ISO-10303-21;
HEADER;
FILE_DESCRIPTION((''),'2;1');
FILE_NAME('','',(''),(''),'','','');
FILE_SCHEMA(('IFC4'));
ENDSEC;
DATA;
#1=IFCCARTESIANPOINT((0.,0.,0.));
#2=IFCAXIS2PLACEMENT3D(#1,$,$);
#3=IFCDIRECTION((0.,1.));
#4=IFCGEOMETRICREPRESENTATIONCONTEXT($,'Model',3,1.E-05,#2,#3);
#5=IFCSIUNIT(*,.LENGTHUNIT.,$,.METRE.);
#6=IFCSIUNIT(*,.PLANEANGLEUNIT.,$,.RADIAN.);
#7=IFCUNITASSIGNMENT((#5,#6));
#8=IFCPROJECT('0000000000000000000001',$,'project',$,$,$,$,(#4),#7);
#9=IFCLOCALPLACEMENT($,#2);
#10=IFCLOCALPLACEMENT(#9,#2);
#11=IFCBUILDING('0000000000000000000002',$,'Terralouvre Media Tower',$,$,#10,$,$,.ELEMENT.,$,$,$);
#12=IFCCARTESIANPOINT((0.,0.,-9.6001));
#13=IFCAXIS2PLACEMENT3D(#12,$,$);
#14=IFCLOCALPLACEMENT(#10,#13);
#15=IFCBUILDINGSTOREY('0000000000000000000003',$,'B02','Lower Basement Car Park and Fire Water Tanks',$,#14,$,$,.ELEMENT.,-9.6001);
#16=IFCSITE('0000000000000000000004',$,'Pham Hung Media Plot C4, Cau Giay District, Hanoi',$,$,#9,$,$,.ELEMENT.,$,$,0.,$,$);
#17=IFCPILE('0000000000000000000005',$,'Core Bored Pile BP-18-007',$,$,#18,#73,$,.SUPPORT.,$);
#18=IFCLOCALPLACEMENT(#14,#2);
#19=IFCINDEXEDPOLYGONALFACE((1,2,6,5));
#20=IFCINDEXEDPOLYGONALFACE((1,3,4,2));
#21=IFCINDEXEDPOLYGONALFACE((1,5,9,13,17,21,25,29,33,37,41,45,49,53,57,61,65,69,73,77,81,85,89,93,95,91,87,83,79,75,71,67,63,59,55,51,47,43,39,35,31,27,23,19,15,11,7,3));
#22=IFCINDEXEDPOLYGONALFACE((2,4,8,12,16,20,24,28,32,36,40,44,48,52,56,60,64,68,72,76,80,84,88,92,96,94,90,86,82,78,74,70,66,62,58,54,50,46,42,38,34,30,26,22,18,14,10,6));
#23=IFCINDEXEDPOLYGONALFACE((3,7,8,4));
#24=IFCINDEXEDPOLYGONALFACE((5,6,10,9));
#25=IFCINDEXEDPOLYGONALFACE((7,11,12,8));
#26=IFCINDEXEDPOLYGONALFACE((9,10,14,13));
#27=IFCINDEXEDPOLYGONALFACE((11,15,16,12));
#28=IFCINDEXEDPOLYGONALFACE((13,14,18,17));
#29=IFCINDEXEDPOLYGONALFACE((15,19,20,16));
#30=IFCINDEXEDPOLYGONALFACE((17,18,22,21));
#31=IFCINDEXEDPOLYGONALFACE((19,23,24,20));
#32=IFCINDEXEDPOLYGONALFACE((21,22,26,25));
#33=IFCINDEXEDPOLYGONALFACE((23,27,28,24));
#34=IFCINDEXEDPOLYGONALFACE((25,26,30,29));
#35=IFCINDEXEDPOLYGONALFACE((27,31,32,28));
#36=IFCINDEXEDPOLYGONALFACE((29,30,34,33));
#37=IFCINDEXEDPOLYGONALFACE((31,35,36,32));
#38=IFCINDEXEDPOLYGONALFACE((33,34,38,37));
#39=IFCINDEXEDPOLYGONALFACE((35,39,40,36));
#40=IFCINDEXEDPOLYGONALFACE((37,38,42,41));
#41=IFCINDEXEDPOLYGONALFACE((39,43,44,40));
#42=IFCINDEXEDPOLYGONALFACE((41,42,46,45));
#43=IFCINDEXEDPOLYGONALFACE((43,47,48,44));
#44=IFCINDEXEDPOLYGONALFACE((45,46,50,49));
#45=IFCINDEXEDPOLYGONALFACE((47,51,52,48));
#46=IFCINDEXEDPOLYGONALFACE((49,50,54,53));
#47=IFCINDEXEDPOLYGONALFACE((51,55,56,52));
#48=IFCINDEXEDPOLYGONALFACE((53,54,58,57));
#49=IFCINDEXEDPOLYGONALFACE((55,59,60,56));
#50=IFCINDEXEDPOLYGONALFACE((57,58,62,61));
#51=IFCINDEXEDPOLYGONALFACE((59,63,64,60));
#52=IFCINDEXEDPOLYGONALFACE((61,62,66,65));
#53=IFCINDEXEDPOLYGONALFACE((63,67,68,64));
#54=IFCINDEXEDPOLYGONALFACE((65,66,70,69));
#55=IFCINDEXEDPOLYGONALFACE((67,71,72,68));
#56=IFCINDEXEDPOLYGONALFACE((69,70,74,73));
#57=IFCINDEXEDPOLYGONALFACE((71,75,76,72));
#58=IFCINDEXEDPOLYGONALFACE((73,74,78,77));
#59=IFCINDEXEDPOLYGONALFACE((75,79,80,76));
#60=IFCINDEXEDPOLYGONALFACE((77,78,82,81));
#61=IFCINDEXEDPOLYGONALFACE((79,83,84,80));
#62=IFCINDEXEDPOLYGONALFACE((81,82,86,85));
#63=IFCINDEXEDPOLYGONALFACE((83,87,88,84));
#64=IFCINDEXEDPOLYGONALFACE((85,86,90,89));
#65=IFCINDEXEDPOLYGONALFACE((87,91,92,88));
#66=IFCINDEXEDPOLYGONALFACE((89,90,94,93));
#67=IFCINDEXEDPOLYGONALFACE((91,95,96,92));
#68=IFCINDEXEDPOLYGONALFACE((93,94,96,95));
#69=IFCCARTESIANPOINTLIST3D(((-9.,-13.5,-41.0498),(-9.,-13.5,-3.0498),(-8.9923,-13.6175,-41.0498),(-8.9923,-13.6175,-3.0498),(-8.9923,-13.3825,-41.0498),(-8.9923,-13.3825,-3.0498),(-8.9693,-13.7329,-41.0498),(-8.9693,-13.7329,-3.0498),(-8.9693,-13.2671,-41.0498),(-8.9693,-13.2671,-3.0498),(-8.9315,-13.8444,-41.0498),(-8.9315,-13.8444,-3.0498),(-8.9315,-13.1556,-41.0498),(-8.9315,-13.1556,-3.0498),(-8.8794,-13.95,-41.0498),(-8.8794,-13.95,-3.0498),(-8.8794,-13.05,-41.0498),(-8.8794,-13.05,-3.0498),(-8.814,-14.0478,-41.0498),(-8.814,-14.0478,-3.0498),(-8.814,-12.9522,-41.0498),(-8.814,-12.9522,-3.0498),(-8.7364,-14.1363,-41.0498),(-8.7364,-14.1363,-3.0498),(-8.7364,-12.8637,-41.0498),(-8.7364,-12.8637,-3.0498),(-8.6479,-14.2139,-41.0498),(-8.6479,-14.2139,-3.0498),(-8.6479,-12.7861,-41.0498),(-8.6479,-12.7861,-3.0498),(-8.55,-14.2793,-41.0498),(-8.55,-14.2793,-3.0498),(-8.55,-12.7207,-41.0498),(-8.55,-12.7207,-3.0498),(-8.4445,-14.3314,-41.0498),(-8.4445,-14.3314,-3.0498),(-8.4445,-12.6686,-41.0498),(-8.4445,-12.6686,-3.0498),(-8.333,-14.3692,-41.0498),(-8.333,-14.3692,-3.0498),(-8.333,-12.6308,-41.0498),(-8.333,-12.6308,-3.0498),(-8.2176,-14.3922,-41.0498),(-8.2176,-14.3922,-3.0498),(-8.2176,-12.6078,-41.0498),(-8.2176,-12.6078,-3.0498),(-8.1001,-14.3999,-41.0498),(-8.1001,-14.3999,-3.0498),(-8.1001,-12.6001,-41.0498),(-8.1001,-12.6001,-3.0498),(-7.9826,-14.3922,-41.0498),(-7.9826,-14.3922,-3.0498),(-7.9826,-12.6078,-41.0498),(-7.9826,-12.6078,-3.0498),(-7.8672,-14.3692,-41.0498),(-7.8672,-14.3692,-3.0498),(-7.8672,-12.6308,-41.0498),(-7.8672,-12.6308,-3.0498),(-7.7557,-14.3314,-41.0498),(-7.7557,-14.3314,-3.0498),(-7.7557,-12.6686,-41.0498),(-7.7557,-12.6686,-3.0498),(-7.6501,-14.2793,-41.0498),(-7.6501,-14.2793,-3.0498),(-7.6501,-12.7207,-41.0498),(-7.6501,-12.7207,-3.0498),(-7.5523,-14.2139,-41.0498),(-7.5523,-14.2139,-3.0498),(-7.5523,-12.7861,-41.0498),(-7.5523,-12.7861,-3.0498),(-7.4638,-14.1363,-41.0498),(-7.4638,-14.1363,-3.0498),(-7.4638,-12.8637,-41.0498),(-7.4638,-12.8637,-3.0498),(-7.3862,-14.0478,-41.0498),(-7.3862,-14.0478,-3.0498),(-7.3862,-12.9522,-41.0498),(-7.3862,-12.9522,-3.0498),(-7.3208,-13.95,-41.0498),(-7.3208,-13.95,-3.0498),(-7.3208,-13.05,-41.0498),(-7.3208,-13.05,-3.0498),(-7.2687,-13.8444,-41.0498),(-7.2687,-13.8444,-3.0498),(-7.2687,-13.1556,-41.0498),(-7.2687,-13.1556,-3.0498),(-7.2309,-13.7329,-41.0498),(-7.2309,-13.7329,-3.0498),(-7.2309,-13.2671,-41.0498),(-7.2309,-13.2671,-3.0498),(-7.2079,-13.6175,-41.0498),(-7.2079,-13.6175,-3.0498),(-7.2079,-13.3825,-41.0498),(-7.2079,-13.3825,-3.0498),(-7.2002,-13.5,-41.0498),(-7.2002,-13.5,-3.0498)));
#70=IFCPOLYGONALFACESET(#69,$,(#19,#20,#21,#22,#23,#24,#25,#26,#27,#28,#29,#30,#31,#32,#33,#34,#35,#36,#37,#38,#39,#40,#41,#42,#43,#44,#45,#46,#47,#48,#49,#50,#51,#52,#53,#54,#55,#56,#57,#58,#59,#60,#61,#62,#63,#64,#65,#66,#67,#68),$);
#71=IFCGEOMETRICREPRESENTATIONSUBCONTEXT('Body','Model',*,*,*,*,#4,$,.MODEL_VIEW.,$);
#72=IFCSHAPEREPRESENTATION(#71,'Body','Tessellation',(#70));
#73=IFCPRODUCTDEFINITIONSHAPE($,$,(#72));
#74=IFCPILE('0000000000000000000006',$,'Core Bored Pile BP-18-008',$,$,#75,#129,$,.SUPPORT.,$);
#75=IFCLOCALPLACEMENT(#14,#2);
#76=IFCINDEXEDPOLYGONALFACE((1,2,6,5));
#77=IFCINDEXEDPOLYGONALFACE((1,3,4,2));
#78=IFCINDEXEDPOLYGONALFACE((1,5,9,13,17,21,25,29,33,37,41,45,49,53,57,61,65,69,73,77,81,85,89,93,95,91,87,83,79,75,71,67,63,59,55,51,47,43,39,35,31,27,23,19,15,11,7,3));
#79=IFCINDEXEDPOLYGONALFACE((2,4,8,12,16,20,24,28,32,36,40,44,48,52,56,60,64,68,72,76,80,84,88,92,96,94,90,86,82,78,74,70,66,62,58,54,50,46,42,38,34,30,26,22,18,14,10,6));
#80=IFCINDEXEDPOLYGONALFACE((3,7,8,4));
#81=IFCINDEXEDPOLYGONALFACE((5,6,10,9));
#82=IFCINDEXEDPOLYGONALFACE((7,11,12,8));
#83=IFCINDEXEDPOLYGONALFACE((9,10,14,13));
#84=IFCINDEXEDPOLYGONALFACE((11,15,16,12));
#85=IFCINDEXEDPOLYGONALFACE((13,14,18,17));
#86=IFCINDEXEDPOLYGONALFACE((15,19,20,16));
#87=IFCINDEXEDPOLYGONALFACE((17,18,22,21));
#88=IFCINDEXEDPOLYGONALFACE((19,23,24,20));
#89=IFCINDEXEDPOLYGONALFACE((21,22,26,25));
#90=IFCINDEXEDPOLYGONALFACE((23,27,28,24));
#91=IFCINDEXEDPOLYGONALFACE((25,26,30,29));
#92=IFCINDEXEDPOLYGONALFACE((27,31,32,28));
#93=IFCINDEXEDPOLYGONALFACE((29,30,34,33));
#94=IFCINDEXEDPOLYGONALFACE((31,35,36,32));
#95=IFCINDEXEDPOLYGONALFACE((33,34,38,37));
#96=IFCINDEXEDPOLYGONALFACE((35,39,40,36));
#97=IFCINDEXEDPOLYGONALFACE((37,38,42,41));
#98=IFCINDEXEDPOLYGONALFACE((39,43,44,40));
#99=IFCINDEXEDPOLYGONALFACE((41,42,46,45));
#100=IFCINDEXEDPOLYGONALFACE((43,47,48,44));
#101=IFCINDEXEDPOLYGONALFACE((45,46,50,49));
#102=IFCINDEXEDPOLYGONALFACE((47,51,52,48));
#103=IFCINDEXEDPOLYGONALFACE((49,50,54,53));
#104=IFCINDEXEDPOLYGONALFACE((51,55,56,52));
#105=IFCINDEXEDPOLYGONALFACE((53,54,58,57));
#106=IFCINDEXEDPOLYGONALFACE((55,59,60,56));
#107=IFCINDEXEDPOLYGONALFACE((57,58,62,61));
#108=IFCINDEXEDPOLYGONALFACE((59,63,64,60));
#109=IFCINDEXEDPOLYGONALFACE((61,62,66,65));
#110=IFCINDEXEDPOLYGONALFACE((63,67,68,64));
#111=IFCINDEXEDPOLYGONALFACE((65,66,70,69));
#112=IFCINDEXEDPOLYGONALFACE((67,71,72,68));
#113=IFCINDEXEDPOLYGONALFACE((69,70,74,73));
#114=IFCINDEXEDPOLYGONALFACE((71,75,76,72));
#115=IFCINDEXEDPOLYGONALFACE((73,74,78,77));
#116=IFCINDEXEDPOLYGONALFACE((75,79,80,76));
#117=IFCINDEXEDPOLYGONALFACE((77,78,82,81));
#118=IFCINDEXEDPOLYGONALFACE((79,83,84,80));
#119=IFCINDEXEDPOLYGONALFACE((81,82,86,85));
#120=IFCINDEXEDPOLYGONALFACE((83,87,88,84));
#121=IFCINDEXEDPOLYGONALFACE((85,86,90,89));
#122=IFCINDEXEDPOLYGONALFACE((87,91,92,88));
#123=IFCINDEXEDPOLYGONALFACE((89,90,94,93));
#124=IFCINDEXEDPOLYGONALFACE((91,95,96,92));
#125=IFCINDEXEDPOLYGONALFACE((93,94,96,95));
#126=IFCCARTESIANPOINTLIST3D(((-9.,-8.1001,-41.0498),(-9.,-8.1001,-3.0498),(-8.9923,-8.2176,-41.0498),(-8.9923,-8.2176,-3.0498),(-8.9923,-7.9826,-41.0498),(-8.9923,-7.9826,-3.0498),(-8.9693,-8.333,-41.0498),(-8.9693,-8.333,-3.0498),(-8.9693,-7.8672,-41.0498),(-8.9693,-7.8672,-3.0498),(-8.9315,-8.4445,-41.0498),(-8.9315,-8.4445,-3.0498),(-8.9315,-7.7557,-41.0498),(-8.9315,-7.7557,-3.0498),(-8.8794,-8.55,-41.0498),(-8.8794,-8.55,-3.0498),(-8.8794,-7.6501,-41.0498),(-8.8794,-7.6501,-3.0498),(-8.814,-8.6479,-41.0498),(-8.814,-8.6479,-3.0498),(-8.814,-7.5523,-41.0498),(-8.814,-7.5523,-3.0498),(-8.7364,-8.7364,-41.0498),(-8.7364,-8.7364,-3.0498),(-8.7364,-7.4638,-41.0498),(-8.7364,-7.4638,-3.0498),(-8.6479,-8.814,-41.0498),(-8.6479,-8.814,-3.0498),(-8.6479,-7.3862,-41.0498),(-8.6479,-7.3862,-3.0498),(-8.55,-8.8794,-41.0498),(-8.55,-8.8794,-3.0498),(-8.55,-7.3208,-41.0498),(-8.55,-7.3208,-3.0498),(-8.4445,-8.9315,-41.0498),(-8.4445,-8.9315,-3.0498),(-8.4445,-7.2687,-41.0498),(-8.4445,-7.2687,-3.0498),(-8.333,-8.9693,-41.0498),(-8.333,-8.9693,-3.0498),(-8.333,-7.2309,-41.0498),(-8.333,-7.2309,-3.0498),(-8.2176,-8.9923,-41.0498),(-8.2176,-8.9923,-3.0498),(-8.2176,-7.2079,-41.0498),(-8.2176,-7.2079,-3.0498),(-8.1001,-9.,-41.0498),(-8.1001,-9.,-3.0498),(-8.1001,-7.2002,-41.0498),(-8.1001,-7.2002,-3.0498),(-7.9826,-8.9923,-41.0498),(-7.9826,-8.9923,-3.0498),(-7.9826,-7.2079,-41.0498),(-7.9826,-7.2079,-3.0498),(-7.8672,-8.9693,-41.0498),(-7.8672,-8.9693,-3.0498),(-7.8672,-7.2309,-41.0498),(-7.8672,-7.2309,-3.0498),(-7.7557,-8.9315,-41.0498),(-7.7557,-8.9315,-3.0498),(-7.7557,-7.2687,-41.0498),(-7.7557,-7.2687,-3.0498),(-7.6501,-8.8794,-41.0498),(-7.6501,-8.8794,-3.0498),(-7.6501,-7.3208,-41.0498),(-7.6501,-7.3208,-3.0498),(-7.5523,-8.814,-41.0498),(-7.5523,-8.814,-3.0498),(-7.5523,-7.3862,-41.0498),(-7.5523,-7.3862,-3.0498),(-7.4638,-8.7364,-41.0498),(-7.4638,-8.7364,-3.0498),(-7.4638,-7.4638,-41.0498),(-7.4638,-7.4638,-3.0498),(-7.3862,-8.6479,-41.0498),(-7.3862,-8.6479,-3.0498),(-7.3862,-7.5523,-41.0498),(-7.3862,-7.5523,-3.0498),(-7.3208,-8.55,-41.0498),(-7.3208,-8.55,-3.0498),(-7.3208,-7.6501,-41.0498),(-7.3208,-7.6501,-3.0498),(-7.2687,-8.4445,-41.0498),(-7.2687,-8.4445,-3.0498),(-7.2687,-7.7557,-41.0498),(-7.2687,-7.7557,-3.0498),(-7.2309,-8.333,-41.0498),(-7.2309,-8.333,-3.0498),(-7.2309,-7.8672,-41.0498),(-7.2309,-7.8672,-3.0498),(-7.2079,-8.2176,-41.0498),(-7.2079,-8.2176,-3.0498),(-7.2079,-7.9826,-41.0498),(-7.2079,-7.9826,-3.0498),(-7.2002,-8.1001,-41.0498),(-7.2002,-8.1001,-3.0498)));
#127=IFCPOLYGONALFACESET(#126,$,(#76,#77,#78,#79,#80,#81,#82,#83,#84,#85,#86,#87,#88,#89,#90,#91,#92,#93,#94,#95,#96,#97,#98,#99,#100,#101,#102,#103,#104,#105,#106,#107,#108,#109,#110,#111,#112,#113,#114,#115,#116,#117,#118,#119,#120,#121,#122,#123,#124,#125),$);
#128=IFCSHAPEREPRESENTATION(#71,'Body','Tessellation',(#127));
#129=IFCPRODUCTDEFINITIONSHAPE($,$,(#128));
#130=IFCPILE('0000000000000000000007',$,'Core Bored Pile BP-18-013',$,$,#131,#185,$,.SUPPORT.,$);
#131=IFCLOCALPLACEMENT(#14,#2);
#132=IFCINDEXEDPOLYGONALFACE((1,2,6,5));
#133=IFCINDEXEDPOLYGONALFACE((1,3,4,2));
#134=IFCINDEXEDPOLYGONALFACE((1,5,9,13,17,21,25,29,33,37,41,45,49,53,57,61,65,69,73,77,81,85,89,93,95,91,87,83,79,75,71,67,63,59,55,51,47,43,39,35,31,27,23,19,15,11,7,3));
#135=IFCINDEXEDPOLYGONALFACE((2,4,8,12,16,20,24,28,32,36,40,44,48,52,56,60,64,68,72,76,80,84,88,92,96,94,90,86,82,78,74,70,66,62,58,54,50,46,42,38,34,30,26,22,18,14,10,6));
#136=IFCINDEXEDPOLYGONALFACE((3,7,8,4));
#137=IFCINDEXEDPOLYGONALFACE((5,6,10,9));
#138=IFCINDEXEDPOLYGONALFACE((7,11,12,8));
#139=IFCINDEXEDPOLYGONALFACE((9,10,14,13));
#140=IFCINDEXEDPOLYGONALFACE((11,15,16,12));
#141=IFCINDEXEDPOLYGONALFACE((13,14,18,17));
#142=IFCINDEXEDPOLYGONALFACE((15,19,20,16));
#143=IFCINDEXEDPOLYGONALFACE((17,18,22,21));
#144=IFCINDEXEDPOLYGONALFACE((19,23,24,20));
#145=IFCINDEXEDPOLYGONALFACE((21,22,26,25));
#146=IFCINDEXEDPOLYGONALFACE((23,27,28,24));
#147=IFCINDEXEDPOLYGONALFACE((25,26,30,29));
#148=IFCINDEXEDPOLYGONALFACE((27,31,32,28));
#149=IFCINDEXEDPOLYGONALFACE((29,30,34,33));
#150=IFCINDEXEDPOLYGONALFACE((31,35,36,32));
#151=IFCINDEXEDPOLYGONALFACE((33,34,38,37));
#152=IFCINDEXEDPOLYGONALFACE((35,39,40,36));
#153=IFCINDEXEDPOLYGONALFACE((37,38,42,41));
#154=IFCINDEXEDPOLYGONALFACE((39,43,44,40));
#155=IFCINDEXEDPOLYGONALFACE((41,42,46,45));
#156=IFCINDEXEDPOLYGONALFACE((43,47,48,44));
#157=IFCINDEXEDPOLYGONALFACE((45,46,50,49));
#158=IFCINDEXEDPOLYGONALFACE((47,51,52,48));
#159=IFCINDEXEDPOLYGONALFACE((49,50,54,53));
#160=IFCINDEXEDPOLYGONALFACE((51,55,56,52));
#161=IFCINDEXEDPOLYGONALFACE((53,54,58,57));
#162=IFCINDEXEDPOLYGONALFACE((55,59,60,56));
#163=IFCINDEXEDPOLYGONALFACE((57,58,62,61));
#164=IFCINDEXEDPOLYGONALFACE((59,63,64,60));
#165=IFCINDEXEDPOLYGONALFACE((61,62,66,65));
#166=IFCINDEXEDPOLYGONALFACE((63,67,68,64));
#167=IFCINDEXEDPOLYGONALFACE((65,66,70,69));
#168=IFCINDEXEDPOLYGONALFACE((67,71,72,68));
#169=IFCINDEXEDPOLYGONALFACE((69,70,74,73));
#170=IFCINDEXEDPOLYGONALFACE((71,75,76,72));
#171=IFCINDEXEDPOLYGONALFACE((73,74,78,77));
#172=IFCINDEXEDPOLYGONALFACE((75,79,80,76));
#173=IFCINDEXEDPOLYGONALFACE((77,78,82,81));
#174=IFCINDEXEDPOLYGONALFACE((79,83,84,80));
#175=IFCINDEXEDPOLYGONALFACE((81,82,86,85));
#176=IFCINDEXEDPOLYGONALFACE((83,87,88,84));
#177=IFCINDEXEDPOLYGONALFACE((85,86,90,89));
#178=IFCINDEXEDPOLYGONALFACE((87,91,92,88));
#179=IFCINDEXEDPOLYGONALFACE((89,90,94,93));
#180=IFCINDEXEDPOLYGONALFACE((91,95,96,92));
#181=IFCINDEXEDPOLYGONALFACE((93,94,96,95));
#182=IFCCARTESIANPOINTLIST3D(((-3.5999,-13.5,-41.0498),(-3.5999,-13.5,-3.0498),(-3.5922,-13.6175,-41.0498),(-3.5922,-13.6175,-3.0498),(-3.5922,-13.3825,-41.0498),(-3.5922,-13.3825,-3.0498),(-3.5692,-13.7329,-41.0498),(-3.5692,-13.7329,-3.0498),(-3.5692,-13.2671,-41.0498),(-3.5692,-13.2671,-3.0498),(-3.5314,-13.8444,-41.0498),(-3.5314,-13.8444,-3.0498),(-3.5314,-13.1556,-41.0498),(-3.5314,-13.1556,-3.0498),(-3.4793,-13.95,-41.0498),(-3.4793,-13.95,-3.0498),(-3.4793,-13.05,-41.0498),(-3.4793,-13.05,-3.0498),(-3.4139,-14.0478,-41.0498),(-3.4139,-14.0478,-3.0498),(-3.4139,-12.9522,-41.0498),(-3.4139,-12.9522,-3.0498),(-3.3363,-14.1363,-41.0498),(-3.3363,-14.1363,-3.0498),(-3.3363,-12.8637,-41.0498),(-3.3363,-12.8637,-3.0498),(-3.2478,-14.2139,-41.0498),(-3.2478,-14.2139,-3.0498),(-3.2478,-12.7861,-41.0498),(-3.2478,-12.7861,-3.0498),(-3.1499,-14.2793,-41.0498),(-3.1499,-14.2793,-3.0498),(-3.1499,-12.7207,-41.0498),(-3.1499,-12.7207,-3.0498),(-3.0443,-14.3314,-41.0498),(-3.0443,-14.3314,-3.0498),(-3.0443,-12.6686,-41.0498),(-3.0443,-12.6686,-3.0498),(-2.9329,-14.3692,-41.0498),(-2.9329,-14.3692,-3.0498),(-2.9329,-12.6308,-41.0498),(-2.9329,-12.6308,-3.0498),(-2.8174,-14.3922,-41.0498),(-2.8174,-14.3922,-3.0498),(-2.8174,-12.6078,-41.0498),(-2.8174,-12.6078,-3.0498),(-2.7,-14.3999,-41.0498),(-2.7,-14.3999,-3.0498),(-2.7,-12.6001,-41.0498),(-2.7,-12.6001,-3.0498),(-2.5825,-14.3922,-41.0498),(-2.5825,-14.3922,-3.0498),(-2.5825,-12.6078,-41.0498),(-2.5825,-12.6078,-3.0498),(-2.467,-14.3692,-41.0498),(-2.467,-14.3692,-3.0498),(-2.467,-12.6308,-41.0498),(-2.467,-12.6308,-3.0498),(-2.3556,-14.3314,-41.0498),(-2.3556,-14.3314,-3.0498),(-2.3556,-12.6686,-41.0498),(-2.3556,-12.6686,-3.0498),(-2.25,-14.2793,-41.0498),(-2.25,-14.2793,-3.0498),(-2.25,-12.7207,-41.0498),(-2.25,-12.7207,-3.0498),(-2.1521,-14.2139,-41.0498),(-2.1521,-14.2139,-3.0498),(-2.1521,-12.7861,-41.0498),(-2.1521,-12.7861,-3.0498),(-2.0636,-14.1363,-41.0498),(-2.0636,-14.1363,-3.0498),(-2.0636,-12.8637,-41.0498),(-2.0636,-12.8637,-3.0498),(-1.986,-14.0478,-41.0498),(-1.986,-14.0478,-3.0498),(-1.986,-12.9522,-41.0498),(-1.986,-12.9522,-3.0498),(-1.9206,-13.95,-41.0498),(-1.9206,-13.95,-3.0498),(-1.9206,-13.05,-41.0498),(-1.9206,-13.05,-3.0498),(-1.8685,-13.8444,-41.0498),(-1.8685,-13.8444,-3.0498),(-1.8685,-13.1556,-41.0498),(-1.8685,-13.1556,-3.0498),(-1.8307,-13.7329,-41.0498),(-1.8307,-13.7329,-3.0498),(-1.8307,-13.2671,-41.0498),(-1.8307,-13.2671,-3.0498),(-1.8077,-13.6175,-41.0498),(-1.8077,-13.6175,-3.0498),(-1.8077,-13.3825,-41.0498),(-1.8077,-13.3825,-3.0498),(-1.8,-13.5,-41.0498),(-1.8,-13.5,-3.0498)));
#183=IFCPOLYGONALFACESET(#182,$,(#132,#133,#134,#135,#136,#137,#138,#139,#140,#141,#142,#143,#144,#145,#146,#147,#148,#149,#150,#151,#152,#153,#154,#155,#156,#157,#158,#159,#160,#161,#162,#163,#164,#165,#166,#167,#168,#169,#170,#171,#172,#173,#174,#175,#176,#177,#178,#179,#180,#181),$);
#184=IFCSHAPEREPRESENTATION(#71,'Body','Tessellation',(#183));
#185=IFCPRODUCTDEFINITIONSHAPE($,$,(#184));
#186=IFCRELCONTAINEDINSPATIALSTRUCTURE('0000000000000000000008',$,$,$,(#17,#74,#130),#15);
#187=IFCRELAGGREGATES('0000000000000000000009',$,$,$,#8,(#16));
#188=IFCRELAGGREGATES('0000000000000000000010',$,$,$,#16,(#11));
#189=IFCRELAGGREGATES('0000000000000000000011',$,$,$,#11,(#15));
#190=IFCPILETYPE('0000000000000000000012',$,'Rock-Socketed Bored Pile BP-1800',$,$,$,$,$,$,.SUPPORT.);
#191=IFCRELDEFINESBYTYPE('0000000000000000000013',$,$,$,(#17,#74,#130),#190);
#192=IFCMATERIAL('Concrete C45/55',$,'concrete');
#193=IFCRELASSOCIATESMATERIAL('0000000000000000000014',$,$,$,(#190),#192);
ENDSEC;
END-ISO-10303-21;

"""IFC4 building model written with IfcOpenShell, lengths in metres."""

from ifc_helpers import new_model, si_unit, direction, frame, origin, origin_2d, place, context, subcontext, project, spatial, circle, extrude, material, material_profile, profile_set, type_object, element, save


model = new_model("IFC4")

# Units and contexts
model_context = context("Model", 3, precision=1e-05, world=origin(), true_north=direction((0.0, 1.0)))
body_context = subcontext(model_context, "Body", "Model", "MODEL_VIEW")
ifc_project = project(units=[si_unit("LENGTHUNIT", "METRE"), si_unit("PLANEANGLEUNIT", "RADIAN")], contexts=[model_context])

# Site, building, storey
site_placement = place(None, origin())
site = spatial("IfcSite", under=ifc_project, at=site_placement, Name="Pham Hung Media Plot C4, Cau Giay District, Hanoi", CompositionType="ELEMENT", RefElevation=0.0)
building_placement = place(site_placement, origin())
building = spatial("IfcBuilding", under=site, at=building_placement, Name="Terralouvre Media Tower", CompositionType="ELEMENT")
storey_placement = place(building_placement, frame((0.0, 0.0, -9.6001)))
storey = spatial("IfcBuildingStorey", under=building, at=storey_placement, Name="B02", Description="Lower Basement Car Park and Fire Water Tanks", CompositionType="ELEMENT", Elevation=-9.6001)

# Piles
ifc_material_1 = material(Name="Concrete C45/55", Category="concrete")
ifc_material_profile_1 = material_profile(ifc_material_1, circle(Radius=0.8999, at=origin_2d()), Name="BORED PILE 1800")
ifc_profile_set_1 = profile_set([ifc_material_profile_1], Name="Concrete C45/55")
pile_type_1 = type_object("IfcPileType", Name="Rock-Socketed Bored Pile BP-1800", PredefinedType="SUPPORT", material=ifc_profile_set_1)
for number, where, z_axis, x_axis, name in (
    (1, (-8.1001, -13.5, -3.0498), (0.0, 0.0, -1.0), (1.0, 0.0, 0.0), "Core Bored Pile BP-18-007"),
    (2, (-8.1001, -8.1001, -3.0498), (0.0, 0.0, -1.0), (1.0, 0.0, 0.0), "Core Bored Pile BP-18-008"),
    (3, (-2.7, -13.5, -3.0498), (0.0, 0.0, -1.0), (1.0, 0.0, 0.0), "Core Bored Pile BP-18-013"),
):
    element("IfcPile", number, at=place(storey_placement, frame(where, z_axis=z_axis, x_axis=x_axis)), inside=storey, type_object=pile_type_1, Name=name, PredefinedType="SUPPORT", context=body_context, shape_type="SweptSolid", body=[
        extrude(circle(Radius=0.8999, at=origin_2d()), origin(), (0.0, 0.0, 1.0), 38.0),
    ])

save(model, "model.ifc")
